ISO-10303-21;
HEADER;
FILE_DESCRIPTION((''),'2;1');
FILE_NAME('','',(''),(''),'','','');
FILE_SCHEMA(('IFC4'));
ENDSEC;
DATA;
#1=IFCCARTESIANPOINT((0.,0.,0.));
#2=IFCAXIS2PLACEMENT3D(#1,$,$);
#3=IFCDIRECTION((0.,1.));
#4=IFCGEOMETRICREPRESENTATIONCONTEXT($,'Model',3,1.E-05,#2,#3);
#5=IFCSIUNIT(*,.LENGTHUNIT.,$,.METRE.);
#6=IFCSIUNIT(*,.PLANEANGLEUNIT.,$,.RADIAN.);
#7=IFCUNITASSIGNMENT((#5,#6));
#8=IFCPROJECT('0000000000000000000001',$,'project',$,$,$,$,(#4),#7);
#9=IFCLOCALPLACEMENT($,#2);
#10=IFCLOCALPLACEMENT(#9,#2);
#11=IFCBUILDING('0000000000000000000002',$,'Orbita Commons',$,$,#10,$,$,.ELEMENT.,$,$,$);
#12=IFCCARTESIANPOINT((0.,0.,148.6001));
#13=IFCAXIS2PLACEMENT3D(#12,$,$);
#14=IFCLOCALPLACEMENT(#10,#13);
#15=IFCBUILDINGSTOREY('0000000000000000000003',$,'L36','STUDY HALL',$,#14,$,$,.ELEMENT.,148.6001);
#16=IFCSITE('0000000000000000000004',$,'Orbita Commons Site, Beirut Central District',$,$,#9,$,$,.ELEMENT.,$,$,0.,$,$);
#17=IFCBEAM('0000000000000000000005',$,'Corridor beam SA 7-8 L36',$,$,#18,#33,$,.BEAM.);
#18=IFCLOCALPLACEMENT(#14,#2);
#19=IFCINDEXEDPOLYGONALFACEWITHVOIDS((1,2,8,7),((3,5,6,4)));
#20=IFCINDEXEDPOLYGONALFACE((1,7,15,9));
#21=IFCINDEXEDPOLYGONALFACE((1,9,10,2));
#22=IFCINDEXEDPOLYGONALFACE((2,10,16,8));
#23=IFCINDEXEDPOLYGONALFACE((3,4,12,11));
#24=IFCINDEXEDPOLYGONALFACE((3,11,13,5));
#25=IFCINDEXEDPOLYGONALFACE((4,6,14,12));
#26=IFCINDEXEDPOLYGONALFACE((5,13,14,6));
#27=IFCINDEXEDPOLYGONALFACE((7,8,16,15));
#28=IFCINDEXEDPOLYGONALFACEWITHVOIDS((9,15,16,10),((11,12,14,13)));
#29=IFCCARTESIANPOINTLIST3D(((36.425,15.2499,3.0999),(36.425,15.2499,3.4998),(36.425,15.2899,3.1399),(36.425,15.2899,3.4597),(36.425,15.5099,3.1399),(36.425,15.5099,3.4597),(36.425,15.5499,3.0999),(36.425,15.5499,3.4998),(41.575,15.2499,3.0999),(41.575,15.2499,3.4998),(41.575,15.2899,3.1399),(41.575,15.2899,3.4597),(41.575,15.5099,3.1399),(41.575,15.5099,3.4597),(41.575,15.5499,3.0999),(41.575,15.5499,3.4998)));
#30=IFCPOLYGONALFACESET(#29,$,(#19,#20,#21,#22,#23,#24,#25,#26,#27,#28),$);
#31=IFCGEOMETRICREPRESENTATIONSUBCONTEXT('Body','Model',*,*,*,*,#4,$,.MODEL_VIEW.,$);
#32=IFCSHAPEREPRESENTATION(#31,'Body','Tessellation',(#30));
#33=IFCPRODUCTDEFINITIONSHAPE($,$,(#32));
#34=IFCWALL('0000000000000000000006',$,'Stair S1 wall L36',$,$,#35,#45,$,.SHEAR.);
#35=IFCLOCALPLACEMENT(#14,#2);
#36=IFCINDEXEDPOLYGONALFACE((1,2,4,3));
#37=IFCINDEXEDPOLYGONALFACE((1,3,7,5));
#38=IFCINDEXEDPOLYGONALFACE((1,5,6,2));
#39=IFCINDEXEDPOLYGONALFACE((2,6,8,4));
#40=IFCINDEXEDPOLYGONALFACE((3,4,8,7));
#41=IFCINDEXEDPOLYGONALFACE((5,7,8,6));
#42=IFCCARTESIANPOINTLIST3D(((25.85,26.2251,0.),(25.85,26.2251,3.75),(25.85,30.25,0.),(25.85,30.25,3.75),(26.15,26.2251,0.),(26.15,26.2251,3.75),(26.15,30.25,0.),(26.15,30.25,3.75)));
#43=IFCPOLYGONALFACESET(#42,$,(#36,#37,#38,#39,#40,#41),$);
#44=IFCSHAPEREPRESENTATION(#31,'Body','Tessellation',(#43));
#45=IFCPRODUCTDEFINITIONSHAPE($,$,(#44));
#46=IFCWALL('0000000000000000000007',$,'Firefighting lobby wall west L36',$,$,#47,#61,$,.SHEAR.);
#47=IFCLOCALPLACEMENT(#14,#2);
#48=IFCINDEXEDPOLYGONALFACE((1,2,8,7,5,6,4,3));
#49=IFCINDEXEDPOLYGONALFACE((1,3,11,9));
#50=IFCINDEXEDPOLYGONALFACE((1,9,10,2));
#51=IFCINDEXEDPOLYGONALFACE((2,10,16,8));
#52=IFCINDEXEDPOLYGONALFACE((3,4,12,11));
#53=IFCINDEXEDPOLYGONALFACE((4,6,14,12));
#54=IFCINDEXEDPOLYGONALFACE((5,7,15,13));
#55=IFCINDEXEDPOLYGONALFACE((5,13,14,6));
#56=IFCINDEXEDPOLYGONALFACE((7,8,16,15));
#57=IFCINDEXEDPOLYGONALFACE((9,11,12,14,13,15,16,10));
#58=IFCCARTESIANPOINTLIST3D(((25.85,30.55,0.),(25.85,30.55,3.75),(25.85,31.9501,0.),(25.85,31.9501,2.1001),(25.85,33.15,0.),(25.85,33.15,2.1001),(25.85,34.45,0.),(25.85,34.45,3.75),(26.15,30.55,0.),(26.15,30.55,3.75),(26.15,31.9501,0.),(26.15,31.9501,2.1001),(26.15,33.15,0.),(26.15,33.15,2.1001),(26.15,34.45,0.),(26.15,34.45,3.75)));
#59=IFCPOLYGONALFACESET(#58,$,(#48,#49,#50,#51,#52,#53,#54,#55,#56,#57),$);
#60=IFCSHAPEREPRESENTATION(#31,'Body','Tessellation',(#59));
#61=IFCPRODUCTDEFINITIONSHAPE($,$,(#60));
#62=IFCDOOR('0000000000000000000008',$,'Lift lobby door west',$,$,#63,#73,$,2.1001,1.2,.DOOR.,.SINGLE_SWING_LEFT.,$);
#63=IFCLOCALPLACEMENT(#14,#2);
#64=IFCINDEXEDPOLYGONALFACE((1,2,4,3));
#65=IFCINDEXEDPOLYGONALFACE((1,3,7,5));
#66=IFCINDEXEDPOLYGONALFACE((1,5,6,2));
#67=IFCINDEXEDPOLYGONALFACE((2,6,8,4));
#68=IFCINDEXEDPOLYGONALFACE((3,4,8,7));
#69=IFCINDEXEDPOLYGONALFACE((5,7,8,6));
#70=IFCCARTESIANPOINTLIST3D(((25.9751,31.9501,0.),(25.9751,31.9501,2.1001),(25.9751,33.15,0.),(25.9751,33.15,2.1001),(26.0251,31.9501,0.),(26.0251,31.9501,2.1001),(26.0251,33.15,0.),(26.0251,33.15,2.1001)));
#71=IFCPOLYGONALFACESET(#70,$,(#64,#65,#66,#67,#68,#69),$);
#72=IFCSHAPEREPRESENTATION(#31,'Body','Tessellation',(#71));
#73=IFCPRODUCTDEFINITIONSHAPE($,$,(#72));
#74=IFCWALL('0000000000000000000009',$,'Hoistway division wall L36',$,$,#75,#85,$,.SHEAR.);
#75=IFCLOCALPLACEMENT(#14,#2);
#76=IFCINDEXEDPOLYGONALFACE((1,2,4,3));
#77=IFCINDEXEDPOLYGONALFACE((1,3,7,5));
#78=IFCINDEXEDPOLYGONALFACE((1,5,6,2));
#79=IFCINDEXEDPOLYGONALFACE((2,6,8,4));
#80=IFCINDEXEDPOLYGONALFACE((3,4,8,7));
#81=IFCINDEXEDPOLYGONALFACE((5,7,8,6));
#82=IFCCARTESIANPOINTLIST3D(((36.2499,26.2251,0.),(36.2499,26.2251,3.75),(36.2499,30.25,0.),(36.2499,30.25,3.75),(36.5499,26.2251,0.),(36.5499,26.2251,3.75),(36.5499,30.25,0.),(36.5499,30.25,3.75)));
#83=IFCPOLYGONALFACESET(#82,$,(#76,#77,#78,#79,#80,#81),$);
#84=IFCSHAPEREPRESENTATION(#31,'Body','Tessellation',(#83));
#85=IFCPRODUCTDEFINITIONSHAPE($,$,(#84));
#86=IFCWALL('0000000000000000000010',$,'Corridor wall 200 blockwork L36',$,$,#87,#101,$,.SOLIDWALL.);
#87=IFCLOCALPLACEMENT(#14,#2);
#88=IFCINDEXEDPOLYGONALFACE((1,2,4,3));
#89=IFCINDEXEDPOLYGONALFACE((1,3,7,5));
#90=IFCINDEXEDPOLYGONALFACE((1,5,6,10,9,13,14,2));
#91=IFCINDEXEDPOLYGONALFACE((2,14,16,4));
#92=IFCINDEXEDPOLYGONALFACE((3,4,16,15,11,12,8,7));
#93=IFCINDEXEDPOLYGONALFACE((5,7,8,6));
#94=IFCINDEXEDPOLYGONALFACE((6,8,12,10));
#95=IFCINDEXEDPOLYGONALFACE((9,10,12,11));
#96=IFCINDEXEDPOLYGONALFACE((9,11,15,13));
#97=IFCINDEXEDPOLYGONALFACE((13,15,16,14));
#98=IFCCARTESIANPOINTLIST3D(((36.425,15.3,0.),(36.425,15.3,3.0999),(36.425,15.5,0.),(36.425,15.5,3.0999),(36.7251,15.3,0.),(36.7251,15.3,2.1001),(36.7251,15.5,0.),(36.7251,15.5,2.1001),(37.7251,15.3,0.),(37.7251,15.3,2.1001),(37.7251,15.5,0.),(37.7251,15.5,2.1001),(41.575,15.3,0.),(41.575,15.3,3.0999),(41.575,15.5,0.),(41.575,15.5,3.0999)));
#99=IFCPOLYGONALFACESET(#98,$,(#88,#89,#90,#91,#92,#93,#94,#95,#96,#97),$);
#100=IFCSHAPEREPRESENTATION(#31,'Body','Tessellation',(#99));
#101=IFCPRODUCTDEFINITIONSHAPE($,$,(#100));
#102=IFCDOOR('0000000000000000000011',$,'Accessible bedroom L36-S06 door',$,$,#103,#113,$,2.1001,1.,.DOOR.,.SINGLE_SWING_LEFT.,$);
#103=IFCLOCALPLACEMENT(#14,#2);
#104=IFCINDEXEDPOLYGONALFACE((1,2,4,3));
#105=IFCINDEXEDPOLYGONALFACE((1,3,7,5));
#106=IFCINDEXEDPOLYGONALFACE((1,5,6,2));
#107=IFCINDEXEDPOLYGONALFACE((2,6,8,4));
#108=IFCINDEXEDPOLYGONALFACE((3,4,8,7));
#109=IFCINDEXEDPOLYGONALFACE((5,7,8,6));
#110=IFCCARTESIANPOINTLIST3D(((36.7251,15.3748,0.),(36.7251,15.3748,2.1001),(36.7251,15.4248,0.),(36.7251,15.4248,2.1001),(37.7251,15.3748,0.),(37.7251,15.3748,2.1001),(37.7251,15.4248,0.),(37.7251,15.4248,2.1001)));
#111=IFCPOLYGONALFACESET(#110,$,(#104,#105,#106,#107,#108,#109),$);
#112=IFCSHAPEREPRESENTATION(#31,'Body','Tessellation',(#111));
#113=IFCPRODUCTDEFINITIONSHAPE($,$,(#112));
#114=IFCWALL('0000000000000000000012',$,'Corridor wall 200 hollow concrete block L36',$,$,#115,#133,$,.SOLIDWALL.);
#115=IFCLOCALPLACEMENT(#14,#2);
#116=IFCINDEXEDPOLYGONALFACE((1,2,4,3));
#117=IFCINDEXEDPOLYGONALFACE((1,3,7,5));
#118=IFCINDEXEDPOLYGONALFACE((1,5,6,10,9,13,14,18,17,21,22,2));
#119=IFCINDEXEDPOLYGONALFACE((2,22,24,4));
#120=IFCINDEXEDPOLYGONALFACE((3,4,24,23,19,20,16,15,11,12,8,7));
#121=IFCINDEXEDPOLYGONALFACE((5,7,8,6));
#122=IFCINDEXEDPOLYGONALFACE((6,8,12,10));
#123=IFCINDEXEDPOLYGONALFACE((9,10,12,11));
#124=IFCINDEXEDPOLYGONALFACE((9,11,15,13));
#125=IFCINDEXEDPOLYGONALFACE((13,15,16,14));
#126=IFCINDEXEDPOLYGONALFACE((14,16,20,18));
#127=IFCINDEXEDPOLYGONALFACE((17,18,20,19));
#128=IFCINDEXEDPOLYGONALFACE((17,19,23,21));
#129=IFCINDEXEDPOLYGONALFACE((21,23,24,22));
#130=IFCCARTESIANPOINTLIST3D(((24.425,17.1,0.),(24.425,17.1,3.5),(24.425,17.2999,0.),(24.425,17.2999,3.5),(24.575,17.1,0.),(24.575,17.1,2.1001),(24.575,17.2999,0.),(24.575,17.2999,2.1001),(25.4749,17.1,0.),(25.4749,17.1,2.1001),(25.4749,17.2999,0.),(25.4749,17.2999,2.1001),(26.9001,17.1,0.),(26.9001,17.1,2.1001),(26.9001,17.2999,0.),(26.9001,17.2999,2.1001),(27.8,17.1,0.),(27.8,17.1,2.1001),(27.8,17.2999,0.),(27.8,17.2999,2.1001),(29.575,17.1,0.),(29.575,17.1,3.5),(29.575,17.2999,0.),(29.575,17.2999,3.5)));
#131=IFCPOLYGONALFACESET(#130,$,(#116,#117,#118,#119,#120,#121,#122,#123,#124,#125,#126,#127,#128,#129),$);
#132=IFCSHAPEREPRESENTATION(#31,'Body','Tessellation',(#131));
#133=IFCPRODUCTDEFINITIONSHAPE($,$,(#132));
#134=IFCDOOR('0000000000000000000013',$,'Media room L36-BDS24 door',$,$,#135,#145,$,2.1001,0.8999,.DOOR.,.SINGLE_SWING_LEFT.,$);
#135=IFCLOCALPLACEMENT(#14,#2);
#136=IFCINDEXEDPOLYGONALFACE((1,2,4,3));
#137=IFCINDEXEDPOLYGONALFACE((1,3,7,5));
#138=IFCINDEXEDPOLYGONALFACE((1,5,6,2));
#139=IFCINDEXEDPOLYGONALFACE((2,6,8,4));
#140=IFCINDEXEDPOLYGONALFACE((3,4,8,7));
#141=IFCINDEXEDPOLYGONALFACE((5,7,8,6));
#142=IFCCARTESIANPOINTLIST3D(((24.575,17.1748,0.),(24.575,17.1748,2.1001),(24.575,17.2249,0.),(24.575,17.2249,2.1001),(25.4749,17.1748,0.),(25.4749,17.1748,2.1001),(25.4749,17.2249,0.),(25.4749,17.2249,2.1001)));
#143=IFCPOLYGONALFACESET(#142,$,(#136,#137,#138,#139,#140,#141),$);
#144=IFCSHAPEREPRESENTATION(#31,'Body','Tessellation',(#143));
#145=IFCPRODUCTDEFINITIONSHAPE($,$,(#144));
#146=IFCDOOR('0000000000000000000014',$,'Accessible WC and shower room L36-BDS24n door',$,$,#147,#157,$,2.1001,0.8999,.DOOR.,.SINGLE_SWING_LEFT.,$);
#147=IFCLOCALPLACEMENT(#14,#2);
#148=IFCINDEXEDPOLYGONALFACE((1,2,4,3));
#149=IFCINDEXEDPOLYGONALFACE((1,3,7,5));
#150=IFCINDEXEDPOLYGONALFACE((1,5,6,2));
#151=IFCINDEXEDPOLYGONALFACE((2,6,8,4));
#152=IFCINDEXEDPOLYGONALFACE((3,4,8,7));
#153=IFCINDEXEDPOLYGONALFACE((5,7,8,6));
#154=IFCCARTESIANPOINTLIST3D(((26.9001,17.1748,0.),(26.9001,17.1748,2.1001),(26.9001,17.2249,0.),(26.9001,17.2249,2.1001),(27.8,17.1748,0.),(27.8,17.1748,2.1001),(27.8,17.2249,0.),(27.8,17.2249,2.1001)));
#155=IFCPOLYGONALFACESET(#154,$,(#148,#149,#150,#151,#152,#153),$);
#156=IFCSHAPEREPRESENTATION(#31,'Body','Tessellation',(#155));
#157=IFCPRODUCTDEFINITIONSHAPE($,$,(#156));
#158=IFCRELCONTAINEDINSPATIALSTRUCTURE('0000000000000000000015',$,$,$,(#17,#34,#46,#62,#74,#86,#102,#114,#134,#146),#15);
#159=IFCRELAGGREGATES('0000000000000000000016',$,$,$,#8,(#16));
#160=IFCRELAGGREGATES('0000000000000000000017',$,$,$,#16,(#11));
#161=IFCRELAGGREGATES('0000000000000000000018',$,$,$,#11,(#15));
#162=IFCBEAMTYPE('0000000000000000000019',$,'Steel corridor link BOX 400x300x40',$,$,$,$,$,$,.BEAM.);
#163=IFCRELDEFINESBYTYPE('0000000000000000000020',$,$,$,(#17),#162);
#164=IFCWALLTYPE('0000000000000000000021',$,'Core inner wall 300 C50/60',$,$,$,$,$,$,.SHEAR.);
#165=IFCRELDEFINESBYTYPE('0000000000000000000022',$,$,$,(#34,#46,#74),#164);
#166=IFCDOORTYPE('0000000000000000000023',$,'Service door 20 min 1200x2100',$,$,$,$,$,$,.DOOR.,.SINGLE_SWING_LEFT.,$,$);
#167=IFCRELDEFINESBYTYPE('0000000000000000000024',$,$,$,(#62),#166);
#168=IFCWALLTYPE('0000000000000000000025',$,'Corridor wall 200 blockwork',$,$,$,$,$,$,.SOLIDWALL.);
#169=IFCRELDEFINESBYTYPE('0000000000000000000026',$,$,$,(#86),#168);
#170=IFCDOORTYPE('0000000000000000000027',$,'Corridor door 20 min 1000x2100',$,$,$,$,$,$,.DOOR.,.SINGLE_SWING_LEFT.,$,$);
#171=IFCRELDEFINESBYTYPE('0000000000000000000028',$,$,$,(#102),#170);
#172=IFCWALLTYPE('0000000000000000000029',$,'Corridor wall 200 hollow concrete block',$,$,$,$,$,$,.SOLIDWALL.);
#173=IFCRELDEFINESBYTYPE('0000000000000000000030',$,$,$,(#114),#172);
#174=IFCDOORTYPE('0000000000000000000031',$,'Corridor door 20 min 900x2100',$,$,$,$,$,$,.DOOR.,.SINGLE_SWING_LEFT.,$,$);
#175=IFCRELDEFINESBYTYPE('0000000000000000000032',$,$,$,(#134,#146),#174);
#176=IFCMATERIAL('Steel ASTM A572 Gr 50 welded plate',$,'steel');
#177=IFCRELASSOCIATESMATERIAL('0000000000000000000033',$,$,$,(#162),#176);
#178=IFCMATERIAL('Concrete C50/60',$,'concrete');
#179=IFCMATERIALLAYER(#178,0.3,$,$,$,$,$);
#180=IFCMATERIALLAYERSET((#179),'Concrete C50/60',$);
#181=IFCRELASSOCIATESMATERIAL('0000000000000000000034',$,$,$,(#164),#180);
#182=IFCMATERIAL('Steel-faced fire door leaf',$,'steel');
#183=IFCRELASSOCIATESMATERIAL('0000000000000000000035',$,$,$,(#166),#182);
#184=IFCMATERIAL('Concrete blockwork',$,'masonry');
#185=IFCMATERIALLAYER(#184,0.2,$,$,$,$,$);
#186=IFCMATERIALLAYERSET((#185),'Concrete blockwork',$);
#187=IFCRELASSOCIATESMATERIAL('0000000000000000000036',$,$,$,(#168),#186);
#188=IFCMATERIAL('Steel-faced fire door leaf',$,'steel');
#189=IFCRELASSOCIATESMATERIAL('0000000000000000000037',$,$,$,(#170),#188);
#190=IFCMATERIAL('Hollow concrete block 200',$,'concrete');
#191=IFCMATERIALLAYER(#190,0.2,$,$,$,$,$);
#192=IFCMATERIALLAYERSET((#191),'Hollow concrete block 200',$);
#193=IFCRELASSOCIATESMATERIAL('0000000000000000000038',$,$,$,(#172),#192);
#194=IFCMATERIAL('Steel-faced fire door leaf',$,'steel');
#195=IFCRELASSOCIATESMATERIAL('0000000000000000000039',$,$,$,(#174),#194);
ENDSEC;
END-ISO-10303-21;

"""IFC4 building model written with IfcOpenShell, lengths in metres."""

from ifc_helpers import new_model, si_unit, direction, frame, frame_2d, origin, origin_2d, place, context, subcontext, project, spatial, polyline, rectangle, hollow_rectangle, outline, extrude, material, layer, layer_set, material_profile, profile_set, type_object, element, fill, save


model = new_model("IFC4")

# Units and contexts
model_context = context("Model", 3, precision=1e-05, world=origin(), true_north=direction((0.0, 1.0)))
body_context = subcontext(model_context, "Body", "Model", "MODEL_VIEW")
ifc_project = project(units=[si_unit("LENGTHUNIT", "METRE"), si_unit("PLANEANGLEUNIT", "RADIAN")], contexts=[model_context])

# Site, building, storey
site_placement = place(None, origin())
site = spatial("IfcSite", under=ifc_project, at=site_placement, Name="Orbita Commons Site, Beirut Central District", CompositionType="ELEMENT", RefElevation=0.0)
building_placement = place(site_placement, origin())
building = spatial("IfcBuilding", under=site, at=building_placement, Name="Orbita Commons", CompositionType="ELEMENT")
storey_placement = place(building_placement, frame((0.0, 0.0, 148.6001)))
storey = spatial("IfcBuildingStorey", under=building, at=storey_placement, Name="L36", Description="STUDY HALL", CompositionType="ELEMENT", Elevation=148.6001)

# Beam
ifc_material_1 = material(Name="Steel ASTM A572 Gr 50 welded plate", Category="steel")
ifc_material_profile = material_profile(ifc_material_1, hollow_rectangle(XDim=0.3, YDim=0.3999, WallThickness=0.04, at=origin_2d()), Name="BOX 400x300x40")
ifc_profile_set = profile_set([ifc_material_profile], Name="Steel ASTM A572 Gr 50 welded plate")
beam_type = type_object("IfcBeamType", Name="Steel corridor link BOX 400x300x40", PredefinedType="BEAM", material=ifc_profile_set)
beam_placement = place(storey_placement, frame((36.425, 15.3999, 3.2998), z_axis=(1.0, 0.0, 0.0), x_axis=(0.0, 1.0, 0.0)))
element("IfcBeam", 1, at=beam_placement, inside=storey, type_object=beam_type, Name="Corridor beam SA 7-8 L36", PredefinedType="BEAM", context=body_context, shape_type="SweptSolid", body=[
    extrude(hollow_rectangle(XDim=0.3, YDim=0.3999, WallThickness=0.04, at=origin_2d()), origin(), (0.0, 0.0, 1.0), 5.1499),
])

# Wall
ifc_material_2 = material(Name="Concrete C50/60", Category="concrete")
ifc_layer_1 = layer(ifc_material_2, 0.3)
ifc_layer_set_1 = layer_set([ifc_layer_1], Name="Concrete C50/60")
wall_type_1 = type_object("IfcWallType", Name="Core inner wall 300 C50/60", PredefinedType="SHEAR", material=ifc_layer_set_1)
wall_1_placement = place(storey_placement, frame((26.0, 26.2251, 0.0), z_axis=(0.0, 0.0, 1.0), x_axis=(0.0, 1.0, 0.0)))
element("IfcWall", 2, at=wall_1_placement, inside=storey, type_object=wall_type_1, Name="Stair S1 wall L36", PredefinedType="SHEAR", context=body_context, shape_type="SweptSolid", body=[
    extrude(rectangle(XDim=4.0249, YDim=0.3, at=frame_2d((2.0125, 0.0))), origin(), (0.0, 0.0, 1.0), 3.75),
])

# Wall, opening, door
wall_2_placement = place(storey_placement, frame((26.0, 30.55, 0.0), z_axis=(0.0, 0.0, 1.0), x_axis=(0.0, 1.0, 0.0)))
wall_2 = element("IfcWall", 3, at=wall_2_placement, inside=storey, type_object=wall_type_1, Name="Firefighting lobby wall west L36", PredefinedType="SHEAR", context=body_context, shape_type="SweptSolid", body=[
    extrude(rectangle(XDim=3.8999, YDim=0.3, at=frame_2d((1.95, 0.0))), origin(), (0.0, 0.0, 1.0), 3.75),
])
opening_1_placement = place(wall_2_placement, frame((1.3999, 0.0, 0.0)))
opening_1 = element("IfcOpeningElement", 4, at=opening_1_placement, cuts=wall_2, PredefinedType="OPENING", context=body_context, shape_type="SweptSolid", body=[
    extrude(rectangle(XDim=1.2, YDim=2.1001, at=frame_2d((0.6001, 1.05))), frame((0.0, 0.1599, 0.0), z_axis=(0.0, -1.0, 0.0), x_axis=(1.0, 0.0, 0.0)), (0.0, 0.0, 1.0), 0.3201),
])
ifc_material_3 = material(Name="Steel-faced fire door leaf", Category="steel")
door_type_1 = type_object("IfcDoorType", Name="Service door 20 min 1200x2100", OperationType="SINGLE_SWING_LEFT", PredefinedType="DOOR", material=ifc_material_3)
door_1_placement = place(opening_1_placement, origin())
door_1 = element("IfcDoor", 5, at=door_1_placement, inside=storey, type_object=door_type_1, Name="Lift lobby door west", OperationType="SINGLE_SWING_LEFT", OverallHeight=2.1001, OverallWidth=1.2, PredefinedType="DOOR", context=body_context, shape_type="SweptSolid", body=[
    extrude(rectangle(XDim=1.2, YDim=2.1001, at=frame_2d((0.6001, 1.05))), frame((0.0, 0.0249, 0.0), z_axis=(0.0, -1.0, 0.0), x_axis=(1.0, 0.0, 0.0)), (0.0, 0.0, 1.0), 0.05),
])
fill(opening_1, door_1)

# Wall
wall_3_placement = place(storey_placement, frame((36.3999, 26.2251, 0.0), z_axis=(0.0, 0.0, 1.0), x_axis=(0.0, 1.0, 0.0)))
element("IfcWall", 6, at=wall_3_placement, inside=storey, type_object=wall_type_1, Name="Hoistway division wall L36", PredefinedType="SHEAR", context=body_context, shape_type="SweptSolid", body=[
    extrude(rectangle(XDim=4.0249, YDim=0.3, at=frame_2d((2.0125, 0.0))), origin(), (0.0, 0.0, 1.0), 3.75),
])

# Wall, opening, door
ifc_material_4 = material(Name="Concrete blockwork", Category="masonry")
ifc_layer_2 = layer(ifc_material_4, 0.2)
ifc_layer_set_2 = layer_set([ifc_layer_2], Name="Concrete blockwork")
wall_type_2 = type_object("IfcWallType", Name="Corridor wall 200 blockwork", PredefinedType="SOLIDWALL", material=ifc_layer_set_2)
wall_4_placement = place(storey_placement, frame((36.425, 15.3999, 0.0), z_axis=(0.0, 0.0, 1.0), x_axis=(1.0, 0.0, 0.0)))
wall_4 = element("IfcWall", 7, at=wall_4_placement, inside=storey, type_object=wall_type_2, Name="Corridor wall 200 blockwork L36", PredefinedType="SOLIDWALL", context=body_context, shape_type="SweptSolid", body=[
    extrude(outline(polyline([(0.0, 0.0), (5.1499, 0.0), (5.1499, 3.0999), (0.0, 3.0999), (0.0, 0.0)])), frame((0.0, 0.1001, 0.0), z_axis=(0.0, -1.0, 0.0), x_axis=(1.0, 0.0, 0.0)), (0.0, 0.0, 1.0), 0.2),
])
opening_2_placement = place(wall_4_placement, frame((0.3, 0.0, 0.0)))
opening_2 = element("IfcOpeningElement", 8, at=opening_2_placement, cuts=wall_4, PredefinedType="OPENING", context=body_context, shape_type="SweptSolid", body=[
    extrude(rectangle(XDim=1.0, YDim=2.1001, at=frame_2d((0.5, 1.05))), frame((0.0, 0.1099, 0.0), z_axis=(0.0, -1.0, 0.0), x_axis=(1.0, 0.0, 0.0)), (0.0, 0.0, 1.0), 0.22),
])
ifc_material_5 = material(Name="Steel-faced fire door leaf", Category="steel")
door_type_2 = type_object("IfcDoorType", Name="Corridor door 20 min 1000x2100", OperationType="SINGLE_SWING_LEFT", PredefinedType="DOOR", material=ifc_material_5)
door_2_placement = place(opening_2_placement, origin())
door_2 = element("IfcDoor", 9, at=door_2_placement, inside=storey, type_object=door_type_2, Name="Accessible bedroom L36-S06 door", OperationType="SINGLE_SWING_LEFT", OverallHeight=2.1001, OverallWidth=1.0, PredefinedType="DOOR", context=body_context, shape_type="SweptSolid", body=[
    extrude(rectangle(XDim=1.0, YDim=2.1001, at=frame_2d((0.5, 1.05))), frame((0.0, 0.0249, 0.0), z_axis=(0.0, -1.0, 0.0), x_axis=(1.0, 0.0, 0.0)), (0.0, 0.0, 1.0), 0.05),
])
fill(opening_2, door_2)

# Wall, openings, doors
ifc_material_6 = material(Name="Hollow concrete block 200", Category="concrete")
ifc_layer_3 = layer(ifc_material_6, 0.2)
ifc_layer_set_3 = layer_set([ifc_layer_3], Name="Hollow concrete block 200")
wall_type_3 = type_object("IfcWallType", Name="Corridor wall 200 hollow concrete block", PredefinedType="SOLIDWALL", material=ifc_layer_set_3)
wall_5_placement = place(storey_placement, frame((24.425, 17.2, 0.0), z_axis=(0.0, 0.0, 1.0), x_axis=(1.0, 0.0, 0.0)))
wall_5 = element("IfcWall", 10, at=wall_5_placement, inside=storey, type_object=wall_type_3, Name="Corridor wall 200 hollow concrete block L36", PredefinedType="SOLIDWALL", context=body_context, shape_type="SweptSolid", body=[
    extrude(rectangle(XDim=5.1499, YDim=0.2, at=frame_2d((2.575, 0.0))), origin(), (0.0, 0.0, 1.0), 3.5),
])
opening_3_placement = place(wall_5_placement, frame((0.1499, 0.0, 0.0)))
opening_3 = element("IfcOpeningElement", 11, at=opening_3_placement, cuts=wall_5, PredefinedType="OPENING", context=body_context, shape_type="SweptSolid", body=[
    extrude(rectangle(XDim=0.8999, YDim=2.1001, at=frame_2d((0.45, 1.05))), frame((0.0, 0.1099, 0.0), z_axis=(0.0, -1.0, 0.0), x_axis=(1.0, 0.0, 0.0)), (0.0, 0.0, 1.0), 0.22),
])
opening_4_placement = place(wall_5_placement, frame((2.4751, 0.0, 0.0)))
opening_4 = element("IfcOpeningElement", 12, at=opening_4_placement, cuts=wall_5, PredefinedType="OPENING", context=body_context, shape_type="SweptSolid", body=[
    extrude(rectangle(XDim=0.8999, YDim=2.1001, at=frame_2d((0.45, 1.05))), frame((0.0, 0.1099, 0.0), z_axis=(0.0, -1.0, 0.0), x_axis=(1.0, 0.0, 0.0)), (0.0, 0.0, 1.0), 0.22),
])
ifc_material_7 = material(Name="Steel-faced fire door leaf", Category="steel")
door_type_3 = type_object("IfcDoorType", Name="Corridor door 20 min 900x2100", OperationType="SINGLE_SWING_LEFT", PredefinedType="DOOR", material=ifc_material_7)
door_3_placement = place(opening_3_placement, origin())
door_3 = element("IfcDoor", 13, at=door_3_placement, inside=storey, type_object=door_type_3, Name="Media room L36-BDS24 door", OperationType="SINGLE_SWING_LEFT", OverallHeight=2.1001, OverallWidth=0.8999, PredefinedType="DOOR", context=body_context, shape_type="SweptSolid", body=[
    extrude(rectangle(XDim=0.8999, YDim=2.1001, at=frame_2d((0.45, 1.05))), frame((0.0, 0.0249, 0.0), z_axis=(0.0, -1.0, 0.0), x_axis=(1.0, 0.0, 0.0)), (0.0, 0.0, 1.0), 0.05),
])
fill(opening_3, door_3)
door_4_placement = place(opening_4_placement, origin())
door_4 = element("IfcDoor", 14, at=door_4_placement, inside=storey, type_object=door_type_3, Name="Accessible WC and shower room L36-BDS24n door", OperationType="SINGLE_SWING_LEFT", OverallHeight=2.1001, OverallWidth=0.8999, PredefinedType="DOOR", context=body_context, shape_type="SweptSolid", body=[
    extrude(rectangle(XDim=0.8999, YDim=2.1001, at=frame_2d((0.45, 1.05))), frame((0.0, 0.0249, 0.0), z_axis=(0.0, -1.0, 0.0), x_axis=(1.0, 0.0, 0.0)), (0.0, 0.0, 1.0), 0.05),
])
fill(opening_4, door_4)

save(model, "model.ifc")
